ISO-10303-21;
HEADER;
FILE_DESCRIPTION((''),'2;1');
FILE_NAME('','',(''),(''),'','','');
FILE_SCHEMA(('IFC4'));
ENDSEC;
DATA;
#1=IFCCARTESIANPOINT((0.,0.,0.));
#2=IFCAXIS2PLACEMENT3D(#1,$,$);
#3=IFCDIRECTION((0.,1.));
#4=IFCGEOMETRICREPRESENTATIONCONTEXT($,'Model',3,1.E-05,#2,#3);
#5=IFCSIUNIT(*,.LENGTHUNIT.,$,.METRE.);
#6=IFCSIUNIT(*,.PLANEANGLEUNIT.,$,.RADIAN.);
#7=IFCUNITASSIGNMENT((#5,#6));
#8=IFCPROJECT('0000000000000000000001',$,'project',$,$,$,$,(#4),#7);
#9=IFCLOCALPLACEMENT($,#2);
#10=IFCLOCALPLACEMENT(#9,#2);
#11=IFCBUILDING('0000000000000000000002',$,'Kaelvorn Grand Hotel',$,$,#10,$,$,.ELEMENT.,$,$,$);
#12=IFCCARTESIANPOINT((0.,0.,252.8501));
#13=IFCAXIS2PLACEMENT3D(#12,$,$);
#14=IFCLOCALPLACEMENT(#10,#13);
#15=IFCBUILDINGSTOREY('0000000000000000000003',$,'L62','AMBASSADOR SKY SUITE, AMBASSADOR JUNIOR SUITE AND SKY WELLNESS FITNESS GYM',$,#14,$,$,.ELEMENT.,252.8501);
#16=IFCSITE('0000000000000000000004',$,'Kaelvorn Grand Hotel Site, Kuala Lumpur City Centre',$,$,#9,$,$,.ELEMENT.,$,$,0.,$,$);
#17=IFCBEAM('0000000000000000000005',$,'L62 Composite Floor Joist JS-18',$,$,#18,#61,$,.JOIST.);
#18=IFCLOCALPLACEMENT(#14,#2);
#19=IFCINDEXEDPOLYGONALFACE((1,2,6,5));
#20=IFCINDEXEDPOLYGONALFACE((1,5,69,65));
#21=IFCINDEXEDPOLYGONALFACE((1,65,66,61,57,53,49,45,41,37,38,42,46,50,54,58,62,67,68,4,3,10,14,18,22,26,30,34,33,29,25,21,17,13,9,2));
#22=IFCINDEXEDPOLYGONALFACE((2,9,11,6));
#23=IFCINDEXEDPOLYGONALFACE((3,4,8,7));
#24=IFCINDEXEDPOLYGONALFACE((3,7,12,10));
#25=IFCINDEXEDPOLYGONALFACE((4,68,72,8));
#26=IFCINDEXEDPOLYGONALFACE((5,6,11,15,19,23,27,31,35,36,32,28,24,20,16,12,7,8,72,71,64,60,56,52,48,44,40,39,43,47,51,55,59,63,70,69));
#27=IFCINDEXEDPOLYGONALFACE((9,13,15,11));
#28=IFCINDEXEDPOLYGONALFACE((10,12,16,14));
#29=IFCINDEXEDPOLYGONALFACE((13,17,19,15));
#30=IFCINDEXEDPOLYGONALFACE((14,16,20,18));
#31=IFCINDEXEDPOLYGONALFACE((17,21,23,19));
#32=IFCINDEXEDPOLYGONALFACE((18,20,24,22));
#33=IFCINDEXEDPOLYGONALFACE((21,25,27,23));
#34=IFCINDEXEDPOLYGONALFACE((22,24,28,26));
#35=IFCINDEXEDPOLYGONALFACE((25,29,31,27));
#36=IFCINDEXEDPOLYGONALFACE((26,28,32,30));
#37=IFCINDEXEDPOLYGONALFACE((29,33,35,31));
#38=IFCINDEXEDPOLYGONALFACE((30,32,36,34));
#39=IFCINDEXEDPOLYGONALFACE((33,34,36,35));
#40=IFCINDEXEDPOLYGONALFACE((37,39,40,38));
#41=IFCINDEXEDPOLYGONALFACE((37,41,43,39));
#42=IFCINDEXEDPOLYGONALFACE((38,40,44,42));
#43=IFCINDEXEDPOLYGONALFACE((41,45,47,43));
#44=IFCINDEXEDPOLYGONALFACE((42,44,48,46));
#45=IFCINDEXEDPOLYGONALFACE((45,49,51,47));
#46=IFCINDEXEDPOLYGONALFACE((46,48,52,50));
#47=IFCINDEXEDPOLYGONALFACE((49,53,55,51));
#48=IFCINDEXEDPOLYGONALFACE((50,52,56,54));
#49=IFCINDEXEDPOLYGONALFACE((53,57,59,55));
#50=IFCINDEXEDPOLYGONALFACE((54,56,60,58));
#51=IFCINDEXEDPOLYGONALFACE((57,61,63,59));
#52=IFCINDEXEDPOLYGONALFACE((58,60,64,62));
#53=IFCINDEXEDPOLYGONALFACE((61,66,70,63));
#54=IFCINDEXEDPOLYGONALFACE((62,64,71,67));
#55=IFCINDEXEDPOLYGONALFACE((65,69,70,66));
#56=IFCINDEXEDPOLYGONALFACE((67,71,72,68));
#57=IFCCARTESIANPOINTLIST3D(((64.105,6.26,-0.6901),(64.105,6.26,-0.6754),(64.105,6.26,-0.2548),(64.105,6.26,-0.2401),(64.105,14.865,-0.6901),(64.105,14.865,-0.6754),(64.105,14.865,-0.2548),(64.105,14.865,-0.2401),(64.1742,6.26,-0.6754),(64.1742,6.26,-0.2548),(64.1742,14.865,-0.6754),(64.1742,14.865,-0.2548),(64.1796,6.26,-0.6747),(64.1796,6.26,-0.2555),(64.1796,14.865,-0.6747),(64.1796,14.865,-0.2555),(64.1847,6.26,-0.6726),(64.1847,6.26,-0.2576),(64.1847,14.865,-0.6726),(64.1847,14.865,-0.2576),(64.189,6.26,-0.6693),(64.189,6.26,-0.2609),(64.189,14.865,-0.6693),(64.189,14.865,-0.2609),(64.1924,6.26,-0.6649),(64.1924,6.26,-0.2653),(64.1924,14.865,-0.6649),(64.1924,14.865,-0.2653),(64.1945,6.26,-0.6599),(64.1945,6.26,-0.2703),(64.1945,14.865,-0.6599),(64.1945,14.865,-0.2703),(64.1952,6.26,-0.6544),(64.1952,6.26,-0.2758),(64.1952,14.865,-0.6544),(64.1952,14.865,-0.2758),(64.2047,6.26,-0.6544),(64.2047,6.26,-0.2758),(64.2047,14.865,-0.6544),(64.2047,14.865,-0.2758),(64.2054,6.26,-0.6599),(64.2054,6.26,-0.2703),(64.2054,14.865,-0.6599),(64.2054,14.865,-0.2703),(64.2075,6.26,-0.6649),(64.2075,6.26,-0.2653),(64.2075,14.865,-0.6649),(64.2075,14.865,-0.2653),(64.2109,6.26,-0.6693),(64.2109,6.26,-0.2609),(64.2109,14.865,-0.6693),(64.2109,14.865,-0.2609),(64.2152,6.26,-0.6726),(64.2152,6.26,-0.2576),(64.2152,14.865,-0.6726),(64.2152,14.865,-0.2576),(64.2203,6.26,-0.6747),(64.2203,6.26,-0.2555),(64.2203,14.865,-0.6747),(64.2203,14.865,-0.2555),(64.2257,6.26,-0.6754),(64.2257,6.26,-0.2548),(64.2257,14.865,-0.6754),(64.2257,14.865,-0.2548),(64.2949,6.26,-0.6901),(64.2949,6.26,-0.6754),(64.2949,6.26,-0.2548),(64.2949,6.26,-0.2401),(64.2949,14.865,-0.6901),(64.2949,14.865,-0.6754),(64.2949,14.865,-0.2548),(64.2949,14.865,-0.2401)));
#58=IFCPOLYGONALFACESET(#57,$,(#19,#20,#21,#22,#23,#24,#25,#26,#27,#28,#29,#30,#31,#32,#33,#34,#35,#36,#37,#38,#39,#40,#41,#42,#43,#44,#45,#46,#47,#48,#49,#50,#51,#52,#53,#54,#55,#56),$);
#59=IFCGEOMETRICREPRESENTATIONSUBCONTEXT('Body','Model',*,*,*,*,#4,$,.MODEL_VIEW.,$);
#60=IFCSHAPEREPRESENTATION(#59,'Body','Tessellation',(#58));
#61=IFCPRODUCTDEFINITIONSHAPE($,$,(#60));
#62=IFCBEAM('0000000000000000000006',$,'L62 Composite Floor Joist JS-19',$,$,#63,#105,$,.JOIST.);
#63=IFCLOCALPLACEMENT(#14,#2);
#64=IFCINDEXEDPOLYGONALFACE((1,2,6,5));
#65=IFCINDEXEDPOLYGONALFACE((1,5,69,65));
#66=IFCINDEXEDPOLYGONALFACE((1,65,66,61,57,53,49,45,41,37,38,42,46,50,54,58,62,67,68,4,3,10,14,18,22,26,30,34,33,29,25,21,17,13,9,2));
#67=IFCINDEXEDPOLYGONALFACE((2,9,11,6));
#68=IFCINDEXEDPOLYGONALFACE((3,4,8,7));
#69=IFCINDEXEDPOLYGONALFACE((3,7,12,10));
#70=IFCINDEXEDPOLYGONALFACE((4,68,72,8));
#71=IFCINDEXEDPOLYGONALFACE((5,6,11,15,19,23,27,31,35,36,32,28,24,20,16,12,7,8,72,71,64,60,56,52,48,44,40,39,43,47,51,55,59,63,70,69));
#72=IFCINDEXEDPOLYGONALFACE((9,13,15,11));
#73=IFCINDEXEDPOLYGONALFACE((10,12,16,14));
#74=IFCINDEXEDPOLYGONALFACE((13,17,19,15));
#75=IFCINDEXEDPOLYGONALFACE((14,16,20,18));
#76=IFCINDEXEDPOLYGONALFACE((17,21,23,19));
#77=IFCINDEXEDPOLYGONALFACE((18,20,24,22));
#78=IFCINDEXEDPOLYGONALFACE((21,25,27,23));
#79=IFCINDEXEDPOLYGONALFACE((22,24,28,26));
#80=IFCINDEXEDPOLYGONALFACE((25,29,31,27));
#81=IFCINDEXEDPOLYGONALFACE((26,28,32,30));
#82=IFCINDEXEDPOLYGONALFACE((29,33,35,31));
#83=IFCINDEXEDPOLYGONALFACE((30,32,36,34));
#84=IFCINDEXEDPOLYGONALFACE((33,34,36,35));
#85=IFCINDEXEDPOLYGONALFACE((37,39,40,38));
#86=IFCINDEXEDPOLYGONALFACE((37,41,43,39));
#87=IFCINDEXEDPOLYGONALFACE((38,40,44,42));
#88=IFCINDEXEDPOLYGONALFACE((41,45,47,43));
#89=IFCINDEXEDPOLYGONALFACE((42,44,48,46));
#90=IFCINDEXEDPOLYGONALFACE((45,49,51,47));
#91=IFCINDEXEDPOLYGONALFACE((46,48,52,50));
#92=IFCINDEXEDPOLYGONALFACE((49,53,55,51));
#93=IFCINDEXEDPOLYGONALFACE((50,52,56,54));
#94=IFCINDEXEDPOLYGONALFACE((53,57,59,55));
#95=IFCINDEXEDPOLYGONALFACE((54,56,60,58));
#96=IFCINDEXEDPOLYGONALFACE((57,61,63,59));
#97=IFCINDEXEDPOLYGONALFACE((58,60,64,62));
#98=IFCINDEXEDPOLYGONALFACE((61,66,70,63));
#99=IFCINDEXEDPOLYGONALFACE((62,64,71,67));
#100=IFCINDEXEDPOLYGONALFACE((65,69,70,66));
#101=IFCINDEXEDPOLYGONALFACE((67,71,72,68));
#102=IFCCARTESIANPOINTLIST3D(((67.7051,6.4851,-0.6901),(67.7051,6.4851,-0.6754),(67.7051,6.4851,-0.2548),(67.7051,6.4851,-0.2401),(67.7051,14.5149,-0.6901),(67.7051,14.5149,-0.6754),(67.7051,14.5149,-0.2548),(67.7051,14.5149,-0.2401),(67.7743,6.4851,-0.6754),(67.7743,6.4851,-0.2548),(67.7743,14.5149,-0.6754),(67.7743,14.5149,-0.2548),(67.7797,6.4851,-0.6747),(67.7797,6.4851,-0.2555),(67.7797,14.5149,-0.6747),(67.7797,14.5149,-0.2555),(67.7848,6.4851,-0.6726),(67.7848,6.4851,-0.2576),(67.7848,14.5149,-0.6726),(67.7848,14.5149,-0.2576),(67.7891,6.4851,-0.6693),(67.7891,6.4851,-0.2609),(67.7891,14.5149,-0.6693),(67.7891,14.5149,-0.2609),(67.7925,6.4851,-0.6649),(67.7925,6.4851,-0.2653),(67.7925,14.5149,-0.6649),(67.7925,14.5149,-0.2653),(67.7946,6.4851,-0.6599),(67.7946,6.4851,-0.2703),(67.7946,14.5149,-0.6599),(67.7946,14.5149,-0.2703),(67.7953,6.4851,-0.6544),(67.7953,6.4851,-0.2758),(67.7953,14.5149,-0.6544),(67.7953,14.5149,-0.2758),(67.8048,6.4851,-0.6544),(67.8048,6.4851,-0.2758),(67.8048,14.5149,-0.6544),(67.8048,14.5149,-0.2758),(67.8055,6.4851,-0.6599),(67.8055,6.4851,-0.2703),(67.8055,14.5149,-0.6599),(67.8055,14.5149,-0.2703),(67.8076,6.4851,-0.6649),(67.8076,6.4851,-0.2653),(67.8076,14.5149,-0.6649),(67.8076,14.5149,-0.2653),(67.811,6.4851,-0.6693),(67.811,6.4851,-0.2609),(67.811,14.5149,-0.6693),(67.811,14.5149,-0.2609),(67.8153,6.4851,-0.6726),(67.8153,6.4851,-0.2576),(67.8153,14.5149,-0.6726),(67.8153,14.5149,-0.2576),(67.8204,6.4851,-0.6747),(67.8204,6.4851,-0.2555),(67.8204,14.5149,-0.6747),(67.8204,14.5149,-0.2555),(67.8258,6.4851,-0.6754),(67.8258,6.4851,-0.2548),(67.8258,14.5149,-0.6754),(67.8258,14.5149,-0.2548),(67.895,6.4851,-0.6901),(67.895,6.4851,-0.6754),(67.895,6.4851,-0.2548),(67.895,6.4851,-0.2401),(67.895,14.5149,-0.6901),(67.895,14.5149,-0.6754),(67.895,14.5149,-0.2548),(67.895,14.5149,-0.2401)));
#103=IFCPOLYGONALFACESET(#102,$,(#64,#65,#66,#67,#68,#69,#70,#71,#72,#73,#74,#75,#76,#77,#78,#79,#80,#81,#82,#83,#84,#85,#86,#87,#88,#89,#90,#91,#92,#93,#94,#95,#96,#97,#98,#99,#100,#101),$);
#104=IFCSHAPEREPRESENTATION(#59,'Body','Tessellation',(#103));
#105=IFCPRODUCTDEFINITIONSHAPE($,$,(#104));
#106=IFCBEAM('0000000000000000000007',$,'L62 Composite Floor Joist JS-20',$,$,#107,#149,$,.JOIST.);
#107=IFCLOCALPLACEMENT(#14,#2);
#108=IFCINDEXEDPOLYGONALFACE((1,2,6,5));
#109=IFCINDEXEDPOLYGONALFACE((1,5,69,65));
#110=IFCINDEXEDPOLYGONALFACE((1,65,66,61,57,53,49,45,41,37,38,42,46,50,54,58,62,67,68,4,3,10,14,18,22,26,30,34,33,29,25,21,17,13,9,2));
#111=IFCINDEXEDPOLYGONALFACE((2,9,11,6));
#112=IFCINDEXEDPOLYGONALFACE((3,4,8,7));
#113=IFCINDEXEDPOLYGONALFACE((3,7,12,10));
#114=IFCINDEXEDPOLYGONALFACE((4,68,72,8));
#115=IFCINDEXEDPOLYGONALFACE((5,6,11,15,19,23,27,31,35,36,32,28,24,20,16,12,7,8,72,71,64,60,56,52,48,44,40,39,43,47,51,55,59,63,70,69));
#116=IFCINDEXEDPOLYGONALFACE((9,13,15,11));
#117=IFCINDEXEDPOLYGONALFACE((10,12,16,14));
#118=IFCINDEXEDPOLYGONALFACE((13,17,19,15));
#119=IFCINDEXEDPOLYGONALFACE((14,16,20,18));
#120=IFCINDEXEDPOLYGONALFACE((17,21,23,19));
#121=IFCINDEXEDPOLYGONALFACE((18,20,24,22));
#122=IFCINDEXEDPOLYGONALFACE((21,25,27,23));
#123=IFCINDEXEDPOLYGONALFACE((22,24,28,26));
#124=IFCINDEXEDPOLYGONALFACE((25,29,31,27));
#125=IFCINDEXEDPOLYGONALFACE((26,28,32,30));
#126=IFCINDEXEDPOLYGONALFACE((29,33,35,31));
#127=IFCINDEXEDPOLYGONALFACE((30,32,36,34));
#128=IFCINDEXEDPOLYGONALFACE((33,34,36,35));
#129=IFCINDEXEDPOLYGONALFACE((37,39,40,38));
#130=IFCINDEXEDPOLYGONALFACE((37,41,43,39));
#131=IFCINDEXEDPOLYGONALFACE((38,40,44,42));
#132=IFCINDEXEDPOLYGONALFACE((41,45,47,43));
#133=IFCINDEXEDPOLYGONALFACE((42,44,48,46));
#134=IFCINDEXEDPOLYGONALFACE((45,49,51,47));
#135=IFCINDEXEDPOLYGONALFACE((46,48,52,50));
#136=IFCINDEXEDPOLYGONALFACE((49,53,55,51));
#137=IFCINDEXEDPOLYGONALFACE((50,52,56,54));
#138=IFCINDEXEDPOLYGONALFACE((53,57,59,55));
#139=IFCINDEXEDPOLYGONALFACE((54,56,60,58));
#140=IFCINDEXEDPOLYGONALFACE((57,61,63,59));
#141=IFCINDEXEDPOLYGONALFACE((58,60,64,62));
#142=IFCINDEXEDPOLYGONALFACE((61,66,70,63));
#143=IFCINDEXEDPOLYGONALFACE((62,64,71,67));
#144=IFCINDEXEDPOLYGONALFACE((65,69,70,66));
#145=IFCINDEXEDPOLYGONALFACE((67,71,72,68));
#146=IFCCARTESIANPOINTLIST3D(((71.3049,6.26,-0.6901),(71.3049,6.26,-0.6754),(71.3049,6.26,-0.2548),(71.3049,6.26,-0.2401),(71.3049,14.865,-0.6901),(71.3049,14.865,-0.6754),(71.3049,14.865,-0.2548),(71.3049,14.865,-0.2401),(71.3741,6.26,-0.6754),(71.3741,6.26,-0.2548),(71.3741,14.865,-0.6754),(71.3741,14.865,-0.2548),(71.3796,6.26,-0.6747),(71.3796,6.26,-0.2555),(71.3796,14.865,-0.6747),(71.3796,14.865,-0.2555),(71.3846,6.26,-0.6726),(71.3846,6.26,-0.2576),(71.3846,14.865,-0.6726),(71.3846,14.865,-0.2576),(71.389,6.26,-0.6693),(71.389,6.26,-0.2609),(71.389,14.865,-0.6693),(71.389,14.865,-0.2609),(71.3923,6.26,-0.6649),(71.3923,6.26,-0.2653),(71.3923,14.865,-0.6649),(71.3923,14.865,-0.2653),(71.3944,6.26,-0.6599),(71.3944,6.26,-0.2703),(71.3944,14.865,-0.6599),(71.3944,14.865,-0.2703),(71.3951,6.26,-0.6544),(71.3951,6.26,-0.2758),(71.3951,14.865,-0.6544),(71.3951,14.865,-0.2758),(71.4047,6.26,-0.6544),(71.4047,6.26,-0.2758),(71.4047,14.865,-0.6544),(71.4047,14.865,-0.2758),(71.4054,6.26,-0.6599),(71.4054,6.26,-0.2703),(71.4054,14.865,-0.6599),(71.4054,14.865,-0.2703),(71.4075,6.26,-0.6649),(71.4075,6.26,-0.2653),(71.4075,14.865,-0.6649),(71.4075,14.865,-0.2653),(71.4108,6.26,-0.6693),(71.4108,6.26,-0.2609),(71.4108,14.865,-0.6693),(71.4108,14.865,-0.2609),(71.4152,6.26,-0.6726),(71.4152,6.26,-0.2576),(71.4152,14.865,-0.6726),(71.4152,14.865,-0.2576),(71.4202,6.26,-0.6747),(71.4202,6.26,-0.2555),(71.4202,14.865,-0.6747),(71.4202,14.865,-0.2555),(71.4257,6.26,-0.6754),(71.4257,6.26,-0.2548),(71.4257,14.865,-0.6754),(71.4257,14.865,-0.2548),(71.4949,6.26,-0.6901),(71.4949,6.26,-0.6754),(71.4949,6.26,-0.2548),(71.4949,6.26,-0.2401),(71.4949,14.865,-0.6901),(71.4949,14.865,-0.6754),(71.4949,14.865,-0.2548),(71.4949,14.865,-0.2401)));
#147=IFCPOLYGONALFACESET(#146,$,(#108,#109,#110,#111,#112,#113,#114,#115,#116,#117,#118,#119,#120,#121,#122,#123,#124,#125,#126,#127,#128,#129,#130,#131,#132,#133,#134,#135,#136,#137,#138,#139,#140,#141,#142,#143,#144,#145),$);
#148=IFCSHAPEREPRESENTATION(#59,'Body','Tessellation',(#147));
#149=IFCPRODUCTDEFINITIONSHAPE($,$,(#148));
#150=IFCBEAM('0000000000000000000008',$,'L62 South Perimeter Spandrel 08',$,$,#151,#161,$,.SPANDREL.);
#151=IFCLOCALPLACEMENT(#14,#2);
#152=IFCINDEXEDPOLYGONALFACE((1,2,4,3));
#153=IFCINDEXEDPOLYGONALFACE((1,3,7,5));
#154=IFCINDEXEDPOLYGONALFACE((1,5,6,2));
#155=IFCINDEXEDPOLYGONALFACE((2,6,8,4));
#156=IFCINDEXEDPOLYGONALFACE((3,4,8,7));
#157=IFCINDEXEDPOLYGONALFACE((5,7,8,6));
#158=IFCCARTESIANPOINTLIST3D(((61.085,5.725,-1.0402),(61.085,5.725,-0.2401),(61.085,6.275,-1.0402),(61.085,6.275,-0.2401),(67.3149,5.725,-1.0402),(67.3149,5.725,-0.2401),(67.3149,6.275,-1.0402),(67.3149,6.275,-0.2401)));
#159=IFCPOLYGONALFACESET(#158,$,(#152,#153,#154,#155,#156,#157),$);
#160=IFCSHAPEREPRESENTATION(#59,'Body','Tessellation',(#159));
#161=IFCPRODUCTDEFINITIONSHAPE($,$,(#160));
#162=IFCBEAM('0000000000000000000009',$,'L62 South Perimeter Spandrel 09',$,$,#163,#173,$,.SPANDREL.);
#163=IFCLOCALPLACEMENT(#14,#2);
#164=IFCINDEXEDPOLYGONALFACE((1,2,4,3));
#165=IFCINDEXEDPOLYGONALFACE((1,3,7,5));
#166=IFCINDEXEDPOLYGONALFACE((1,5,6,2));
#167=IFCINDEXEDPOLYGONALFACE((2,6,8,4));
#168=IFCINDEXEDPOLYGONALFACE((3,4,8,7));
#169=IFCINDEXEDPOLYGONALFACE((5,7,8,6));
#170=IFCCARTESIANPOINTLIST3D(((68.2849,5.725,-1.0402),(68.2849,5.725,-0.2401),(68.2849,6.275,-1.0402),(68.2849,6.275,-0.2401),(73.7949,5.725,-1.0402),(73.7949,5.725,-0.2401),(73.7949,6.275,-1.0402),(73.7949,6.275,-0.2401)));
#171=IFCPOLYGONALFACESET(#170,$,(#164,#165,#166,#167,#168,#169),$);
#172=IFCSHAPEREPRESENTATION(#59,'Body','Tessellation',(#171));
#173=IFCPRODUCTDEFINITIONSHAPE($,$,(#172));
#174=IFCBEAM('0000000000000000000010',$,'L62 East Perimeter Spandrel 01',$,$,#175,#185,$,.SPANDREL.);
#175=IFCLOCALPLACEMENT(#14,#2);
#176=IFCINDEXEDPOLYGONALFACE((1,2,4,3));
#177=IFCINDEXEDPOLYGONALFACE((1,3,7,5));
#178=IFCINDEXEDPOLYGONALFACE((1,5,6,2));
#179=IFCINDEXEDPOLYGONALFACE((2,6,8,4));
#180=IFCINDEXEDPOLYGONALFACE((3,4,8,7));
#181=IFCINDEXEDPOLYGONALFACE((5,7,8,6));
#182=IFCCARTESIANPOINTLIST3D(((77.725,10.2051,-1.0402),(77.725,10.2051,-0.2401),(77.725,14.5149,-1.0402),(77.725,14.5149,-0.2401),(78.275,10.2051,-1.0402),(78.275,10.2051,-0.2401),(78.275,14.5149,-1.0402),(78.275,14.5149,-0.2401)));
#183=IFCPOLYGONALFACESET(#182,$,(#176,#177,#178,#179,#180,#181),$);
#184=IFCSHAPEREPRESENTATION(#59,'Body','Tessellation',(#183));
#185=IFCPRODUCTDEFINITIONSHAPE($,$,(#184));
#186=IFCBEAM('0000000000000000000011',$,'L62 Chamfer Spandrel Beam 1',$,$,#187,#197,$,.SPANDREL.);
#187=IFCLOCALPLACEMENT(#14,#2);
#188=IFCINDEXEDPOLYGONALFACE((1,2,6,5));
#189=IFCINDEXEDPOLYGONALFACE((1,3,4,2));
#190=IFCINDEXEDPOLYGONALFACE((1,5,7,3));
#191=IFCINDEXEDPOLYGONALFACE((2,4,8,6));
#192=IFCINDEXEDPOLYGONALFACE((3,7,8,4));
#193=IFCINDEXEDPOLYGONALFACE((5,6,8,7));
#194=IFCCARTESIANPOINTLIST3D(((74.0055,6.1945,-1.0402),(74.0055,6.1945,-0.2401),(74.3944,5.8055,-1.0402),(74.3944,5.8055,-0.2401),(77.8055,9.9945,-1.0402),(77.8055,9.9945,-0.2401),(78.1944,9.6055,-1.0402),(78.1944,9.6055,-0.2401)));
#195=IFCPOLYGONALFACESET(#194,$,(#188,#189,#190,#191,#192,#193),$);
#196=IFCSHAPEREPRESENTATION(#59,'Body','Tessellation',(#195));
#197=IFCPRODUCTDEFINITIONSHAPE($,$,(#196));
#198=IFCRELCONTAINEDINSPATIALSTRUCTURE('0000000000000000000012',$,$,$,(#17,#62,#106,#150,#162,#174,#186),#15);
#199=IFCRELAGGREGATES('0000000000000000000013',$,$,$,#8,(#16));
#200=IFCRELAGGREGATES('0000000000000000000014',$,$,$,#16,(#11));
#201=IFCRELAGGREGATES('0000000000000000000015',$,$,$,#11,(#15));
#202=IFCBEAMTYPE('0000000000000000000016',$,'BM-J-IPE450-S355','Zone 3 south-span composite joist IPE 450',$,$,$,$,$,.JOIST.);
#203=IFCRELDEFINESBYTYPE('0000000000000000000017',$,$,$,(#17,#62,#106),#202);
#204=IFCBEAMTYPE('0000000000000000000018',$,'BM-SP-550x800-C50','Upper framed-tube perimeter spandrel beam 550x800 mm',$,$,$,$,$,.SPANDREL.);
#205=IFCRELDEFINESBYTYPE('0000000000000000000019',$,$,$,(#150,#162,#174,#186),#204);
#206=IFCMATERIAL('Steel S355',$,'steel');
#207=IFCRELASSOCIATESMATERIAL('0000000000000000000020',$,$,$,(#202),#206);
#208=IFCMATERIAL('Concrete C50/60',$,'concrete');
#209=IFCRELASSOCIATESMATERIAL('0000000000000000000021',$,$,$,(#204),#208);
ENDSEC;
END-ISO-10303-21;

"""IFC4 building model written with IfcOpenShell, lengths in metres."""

from ifc_helpers import new_model, si_unit, direction, frame, origin, origin_2d, place, context, subcontext, project, spatial, rectangle, i_section, extrude, material, material_profile, profile_set, type_object, element, save


model = new_model("IFC4")

# Units and contexts
model_context = context("Model", 3, precision=1e-05, world=origin(), true_north=direction((0.0, 1.0)))
body_context = subcontext(model_context, "Body", "Model", "MODEL_VIEW")
ifc_project = project(units=[si_unit("LENGTHUNIT", "METRE"), si_unit("PLANEANGLEUNIT", "RADIAN")], contexts=[model_context])

# Site, building, storey
site_placement = place(None, origin())
site = spatial("IfcSite", under=ifc_project, at=site_placement, Name="Kaelvorn Grand Hotel Site, Kuala Lumpur City Centre", CompositionType="ELEMENT", RefElevation=0.0)
building_placement = place(site_placement, origin())
building = spatial("IfcBuilding", under=site, at=building_placement, Name="Kaelvorn Grand Hotel", CompositionType="ELEMENT")
storey_placement = place(building_placement, frame((0.0, 0.0, 252.8501)))
storey = spatial("IfcBuildingStorey", under=building, at=storey_placement, Name="L62", Description="AMBASSADOR SKY SUITE, AMBASSADOR JUNIOR SUITE AND SKY WELLNESS FITNESS GYM", CompositionType="ELEMENT", Elevation=252.8501)

# Shared definitions
ifc_material_1 = material(Name="Concrete C50/60", Category="concrete")

# Beams
ifc_material_2 = material(Name="Steel S355", Category="steel")
ifc_material_profile_1 = material_profile(ifc_material_2, i_section(OverallWidth=0.1899, OverallDepth=0.45, WebThickness=0.0095, FlangeThickness=0.0146, FilletRadius=0.021, at=origin_2d()), Name="IPE 450")
ifc_profile_set_1 = profile_set([ifc_material_profile_1], Name="Steel S355")
beam_type_1 = type_object("IfcBeamType", Name="BM-J-IPE450-S355", Description="Zone 3 south-span composite joist IPE 450", PredefinedType="JOIST", material=ifc_profile_set_1)
beam_1_placement = place(storey_placement, frame((64.2, 6.26, -0.4651), z_axis=(0.0, 1.0, 0.0), x_axis=(-1.0, 0.0, 0.0)))
element("IfcBeam", 1, at=beam_1_placement, inside=storey, type_object=beam_type_1, Name="L62 Composite Floor Joist JS-18", PredefinedType="JOIST", context=body_context, shape_type="SweptSolid", body=[
    extrude(i_section(OverallWidth=0.1899, OverallDepth=0.45, WebThickness=0.0095, FlangeThickness=0.0146, FilletRadius=0.021, at=origin_2d()), origin(), (0.0, 0.0, 1.0), 8.605),
])
beam_2_placement = place(storey_placement, frame((67.8, 6.4851, -0.4651), z_axis=(0.0, 1.0, 0.0), x_axis=(-1.0, 0.0, 0.0)))
element("IfcBeam", 2, at=beam_2_placement, inside=storey, type_object=beam_type_1, Name="L62 Composite Floor Joist JS-19", PredefinedType="JOIST", context=body_context, shape_type="SweptSolid", body=[
    extrude(i_section(OverallWidth=0.1899, OverallDepth=0.45, WebThickness=0.0095, FlangeThickness=0.0146, FilletRadius=0.021, at=origin_2d()), origin(), (0.0, 0.0, 1.0), 8.0298),
])
beam_3_placement = place(storey_placement, frame((71.3999, 6.26, -0.4651), z_axis=(0.0, 1.0, 0.0), x_axis=(-1.0, 0.0, 0.0)))
element("IfcBeam", 3, at=beam_3_placement, inside=storey, type_object=beam_type_1, Name="L62 Composite Floor Joist JS-20", PredefinedType="JOIST", context=body_context, shape_type="SweptSolid", body=[
    extrude(i_section(OverallWidth=0.1899, OverallDepth=0.45, WebThickness=0.0095, FlangeThickness=0.0146, FilletRadius=0.021, at=origin_2d()), origin(), (0.0, 0.0, 1.0), 8.605),
])
ifc_material_profile_2 = material_profile(ifc_material_1, rectangle(XDim=0.55, YDim=0.8, at=origin_2d()), Name="RC SPANDREL 550x800")
ifc_profile_set_2 = profile_set([ifc_material_profile_2], Name="Concrete C50/60")
beam_type_2 = type_object("IfcBeamType", Name="BM-SP-550x800-C50", Description="Upper framed-tube perimeter spandrel beam 550x800 mm", PredefinedType="SPANDREL", material=ifc_profile_set_2)
beam_4_placement = place(storey_placement, frame((61.085, 6.0, -0.6401), z_axis=(1.0, 0.0, 0.0), x_axis=(0.0, 1.0, 0.0)))
element("IfcBeam", 4, at=beam_4_placement, inside=storey, type_object=beam_type_2, Name="L62 South Perimeter Spandrel 08", PredefinedType="SPANDREL", context=body_context, shape_type="SweptSolid", body=[
    extrude(rectangle(XDim=0.55, YDim=0.8, at=origin_2d()), origin(), (0.0, 0.0, 1.0), 6.23),
])
beam_5_placement = place(storey_placement, frame((68.2849, 6.0, -0.6401), z_axis=(1.0, 0.0, 0.0), x_axis=(0.0, 1.0, 0.0)))
element("IfcBeam", 5, at=beam_5_placement, inside=storey, type_object=beam_type_2, Name="L62 South Perimeter Spandrel 09", PredefinedType="SPANDREL", context=body_context, shape_type="SweptSolid", body=[
    extrude(rectangle(XDim=0.55, YDim=0.8, at=origin_2d()), origin(), (0.0, 0.0, 1.0), 5.51),
])
beam_6_placement = place(storey_placement, frame((78.0, 10.2051, -0.6401), z_axis=(0.0, 1.0, 0.0), x_axis=(-1.0, 0.0, 0.0)))
element("IfcBeam", 6, at=beam_6_placement, inside=storey, type_object=beam_type_2, Name="L62 East Perimeter Spandrel 01", PredefinedType="SPANDREL", context=body_context, shape_type="SweptSolid", body=[
    extrude(rectangle(XDim=0.55, YDim=0.8, at=origin_2d()), origin(), (0.0, 0.0, 1.0), 4.3098),
])
beam_7_placement = place(storey_placement, frame((74.2, 6.0, -0.6401), z_axis=(0.707107, 0.707107, 0.0), x_axis=(-0.707107, 0.707107, 0.0)))
element("IfcBeam", 7, at=beam_7_placement, inside=storey, type_object=beam_type_2, Name="L62 Chamfer Spandrel Beam 1", PredefinedType="SPANDREL", context=body_context, shape_type="SweptSolid", body=[
    extrude(rectangle(XDim=0.55, YDim=0.8, at=origin_2d()), origin(), (0.0, 0.0, 1.0), 5.374),
])

save(model, "model.ifc")
